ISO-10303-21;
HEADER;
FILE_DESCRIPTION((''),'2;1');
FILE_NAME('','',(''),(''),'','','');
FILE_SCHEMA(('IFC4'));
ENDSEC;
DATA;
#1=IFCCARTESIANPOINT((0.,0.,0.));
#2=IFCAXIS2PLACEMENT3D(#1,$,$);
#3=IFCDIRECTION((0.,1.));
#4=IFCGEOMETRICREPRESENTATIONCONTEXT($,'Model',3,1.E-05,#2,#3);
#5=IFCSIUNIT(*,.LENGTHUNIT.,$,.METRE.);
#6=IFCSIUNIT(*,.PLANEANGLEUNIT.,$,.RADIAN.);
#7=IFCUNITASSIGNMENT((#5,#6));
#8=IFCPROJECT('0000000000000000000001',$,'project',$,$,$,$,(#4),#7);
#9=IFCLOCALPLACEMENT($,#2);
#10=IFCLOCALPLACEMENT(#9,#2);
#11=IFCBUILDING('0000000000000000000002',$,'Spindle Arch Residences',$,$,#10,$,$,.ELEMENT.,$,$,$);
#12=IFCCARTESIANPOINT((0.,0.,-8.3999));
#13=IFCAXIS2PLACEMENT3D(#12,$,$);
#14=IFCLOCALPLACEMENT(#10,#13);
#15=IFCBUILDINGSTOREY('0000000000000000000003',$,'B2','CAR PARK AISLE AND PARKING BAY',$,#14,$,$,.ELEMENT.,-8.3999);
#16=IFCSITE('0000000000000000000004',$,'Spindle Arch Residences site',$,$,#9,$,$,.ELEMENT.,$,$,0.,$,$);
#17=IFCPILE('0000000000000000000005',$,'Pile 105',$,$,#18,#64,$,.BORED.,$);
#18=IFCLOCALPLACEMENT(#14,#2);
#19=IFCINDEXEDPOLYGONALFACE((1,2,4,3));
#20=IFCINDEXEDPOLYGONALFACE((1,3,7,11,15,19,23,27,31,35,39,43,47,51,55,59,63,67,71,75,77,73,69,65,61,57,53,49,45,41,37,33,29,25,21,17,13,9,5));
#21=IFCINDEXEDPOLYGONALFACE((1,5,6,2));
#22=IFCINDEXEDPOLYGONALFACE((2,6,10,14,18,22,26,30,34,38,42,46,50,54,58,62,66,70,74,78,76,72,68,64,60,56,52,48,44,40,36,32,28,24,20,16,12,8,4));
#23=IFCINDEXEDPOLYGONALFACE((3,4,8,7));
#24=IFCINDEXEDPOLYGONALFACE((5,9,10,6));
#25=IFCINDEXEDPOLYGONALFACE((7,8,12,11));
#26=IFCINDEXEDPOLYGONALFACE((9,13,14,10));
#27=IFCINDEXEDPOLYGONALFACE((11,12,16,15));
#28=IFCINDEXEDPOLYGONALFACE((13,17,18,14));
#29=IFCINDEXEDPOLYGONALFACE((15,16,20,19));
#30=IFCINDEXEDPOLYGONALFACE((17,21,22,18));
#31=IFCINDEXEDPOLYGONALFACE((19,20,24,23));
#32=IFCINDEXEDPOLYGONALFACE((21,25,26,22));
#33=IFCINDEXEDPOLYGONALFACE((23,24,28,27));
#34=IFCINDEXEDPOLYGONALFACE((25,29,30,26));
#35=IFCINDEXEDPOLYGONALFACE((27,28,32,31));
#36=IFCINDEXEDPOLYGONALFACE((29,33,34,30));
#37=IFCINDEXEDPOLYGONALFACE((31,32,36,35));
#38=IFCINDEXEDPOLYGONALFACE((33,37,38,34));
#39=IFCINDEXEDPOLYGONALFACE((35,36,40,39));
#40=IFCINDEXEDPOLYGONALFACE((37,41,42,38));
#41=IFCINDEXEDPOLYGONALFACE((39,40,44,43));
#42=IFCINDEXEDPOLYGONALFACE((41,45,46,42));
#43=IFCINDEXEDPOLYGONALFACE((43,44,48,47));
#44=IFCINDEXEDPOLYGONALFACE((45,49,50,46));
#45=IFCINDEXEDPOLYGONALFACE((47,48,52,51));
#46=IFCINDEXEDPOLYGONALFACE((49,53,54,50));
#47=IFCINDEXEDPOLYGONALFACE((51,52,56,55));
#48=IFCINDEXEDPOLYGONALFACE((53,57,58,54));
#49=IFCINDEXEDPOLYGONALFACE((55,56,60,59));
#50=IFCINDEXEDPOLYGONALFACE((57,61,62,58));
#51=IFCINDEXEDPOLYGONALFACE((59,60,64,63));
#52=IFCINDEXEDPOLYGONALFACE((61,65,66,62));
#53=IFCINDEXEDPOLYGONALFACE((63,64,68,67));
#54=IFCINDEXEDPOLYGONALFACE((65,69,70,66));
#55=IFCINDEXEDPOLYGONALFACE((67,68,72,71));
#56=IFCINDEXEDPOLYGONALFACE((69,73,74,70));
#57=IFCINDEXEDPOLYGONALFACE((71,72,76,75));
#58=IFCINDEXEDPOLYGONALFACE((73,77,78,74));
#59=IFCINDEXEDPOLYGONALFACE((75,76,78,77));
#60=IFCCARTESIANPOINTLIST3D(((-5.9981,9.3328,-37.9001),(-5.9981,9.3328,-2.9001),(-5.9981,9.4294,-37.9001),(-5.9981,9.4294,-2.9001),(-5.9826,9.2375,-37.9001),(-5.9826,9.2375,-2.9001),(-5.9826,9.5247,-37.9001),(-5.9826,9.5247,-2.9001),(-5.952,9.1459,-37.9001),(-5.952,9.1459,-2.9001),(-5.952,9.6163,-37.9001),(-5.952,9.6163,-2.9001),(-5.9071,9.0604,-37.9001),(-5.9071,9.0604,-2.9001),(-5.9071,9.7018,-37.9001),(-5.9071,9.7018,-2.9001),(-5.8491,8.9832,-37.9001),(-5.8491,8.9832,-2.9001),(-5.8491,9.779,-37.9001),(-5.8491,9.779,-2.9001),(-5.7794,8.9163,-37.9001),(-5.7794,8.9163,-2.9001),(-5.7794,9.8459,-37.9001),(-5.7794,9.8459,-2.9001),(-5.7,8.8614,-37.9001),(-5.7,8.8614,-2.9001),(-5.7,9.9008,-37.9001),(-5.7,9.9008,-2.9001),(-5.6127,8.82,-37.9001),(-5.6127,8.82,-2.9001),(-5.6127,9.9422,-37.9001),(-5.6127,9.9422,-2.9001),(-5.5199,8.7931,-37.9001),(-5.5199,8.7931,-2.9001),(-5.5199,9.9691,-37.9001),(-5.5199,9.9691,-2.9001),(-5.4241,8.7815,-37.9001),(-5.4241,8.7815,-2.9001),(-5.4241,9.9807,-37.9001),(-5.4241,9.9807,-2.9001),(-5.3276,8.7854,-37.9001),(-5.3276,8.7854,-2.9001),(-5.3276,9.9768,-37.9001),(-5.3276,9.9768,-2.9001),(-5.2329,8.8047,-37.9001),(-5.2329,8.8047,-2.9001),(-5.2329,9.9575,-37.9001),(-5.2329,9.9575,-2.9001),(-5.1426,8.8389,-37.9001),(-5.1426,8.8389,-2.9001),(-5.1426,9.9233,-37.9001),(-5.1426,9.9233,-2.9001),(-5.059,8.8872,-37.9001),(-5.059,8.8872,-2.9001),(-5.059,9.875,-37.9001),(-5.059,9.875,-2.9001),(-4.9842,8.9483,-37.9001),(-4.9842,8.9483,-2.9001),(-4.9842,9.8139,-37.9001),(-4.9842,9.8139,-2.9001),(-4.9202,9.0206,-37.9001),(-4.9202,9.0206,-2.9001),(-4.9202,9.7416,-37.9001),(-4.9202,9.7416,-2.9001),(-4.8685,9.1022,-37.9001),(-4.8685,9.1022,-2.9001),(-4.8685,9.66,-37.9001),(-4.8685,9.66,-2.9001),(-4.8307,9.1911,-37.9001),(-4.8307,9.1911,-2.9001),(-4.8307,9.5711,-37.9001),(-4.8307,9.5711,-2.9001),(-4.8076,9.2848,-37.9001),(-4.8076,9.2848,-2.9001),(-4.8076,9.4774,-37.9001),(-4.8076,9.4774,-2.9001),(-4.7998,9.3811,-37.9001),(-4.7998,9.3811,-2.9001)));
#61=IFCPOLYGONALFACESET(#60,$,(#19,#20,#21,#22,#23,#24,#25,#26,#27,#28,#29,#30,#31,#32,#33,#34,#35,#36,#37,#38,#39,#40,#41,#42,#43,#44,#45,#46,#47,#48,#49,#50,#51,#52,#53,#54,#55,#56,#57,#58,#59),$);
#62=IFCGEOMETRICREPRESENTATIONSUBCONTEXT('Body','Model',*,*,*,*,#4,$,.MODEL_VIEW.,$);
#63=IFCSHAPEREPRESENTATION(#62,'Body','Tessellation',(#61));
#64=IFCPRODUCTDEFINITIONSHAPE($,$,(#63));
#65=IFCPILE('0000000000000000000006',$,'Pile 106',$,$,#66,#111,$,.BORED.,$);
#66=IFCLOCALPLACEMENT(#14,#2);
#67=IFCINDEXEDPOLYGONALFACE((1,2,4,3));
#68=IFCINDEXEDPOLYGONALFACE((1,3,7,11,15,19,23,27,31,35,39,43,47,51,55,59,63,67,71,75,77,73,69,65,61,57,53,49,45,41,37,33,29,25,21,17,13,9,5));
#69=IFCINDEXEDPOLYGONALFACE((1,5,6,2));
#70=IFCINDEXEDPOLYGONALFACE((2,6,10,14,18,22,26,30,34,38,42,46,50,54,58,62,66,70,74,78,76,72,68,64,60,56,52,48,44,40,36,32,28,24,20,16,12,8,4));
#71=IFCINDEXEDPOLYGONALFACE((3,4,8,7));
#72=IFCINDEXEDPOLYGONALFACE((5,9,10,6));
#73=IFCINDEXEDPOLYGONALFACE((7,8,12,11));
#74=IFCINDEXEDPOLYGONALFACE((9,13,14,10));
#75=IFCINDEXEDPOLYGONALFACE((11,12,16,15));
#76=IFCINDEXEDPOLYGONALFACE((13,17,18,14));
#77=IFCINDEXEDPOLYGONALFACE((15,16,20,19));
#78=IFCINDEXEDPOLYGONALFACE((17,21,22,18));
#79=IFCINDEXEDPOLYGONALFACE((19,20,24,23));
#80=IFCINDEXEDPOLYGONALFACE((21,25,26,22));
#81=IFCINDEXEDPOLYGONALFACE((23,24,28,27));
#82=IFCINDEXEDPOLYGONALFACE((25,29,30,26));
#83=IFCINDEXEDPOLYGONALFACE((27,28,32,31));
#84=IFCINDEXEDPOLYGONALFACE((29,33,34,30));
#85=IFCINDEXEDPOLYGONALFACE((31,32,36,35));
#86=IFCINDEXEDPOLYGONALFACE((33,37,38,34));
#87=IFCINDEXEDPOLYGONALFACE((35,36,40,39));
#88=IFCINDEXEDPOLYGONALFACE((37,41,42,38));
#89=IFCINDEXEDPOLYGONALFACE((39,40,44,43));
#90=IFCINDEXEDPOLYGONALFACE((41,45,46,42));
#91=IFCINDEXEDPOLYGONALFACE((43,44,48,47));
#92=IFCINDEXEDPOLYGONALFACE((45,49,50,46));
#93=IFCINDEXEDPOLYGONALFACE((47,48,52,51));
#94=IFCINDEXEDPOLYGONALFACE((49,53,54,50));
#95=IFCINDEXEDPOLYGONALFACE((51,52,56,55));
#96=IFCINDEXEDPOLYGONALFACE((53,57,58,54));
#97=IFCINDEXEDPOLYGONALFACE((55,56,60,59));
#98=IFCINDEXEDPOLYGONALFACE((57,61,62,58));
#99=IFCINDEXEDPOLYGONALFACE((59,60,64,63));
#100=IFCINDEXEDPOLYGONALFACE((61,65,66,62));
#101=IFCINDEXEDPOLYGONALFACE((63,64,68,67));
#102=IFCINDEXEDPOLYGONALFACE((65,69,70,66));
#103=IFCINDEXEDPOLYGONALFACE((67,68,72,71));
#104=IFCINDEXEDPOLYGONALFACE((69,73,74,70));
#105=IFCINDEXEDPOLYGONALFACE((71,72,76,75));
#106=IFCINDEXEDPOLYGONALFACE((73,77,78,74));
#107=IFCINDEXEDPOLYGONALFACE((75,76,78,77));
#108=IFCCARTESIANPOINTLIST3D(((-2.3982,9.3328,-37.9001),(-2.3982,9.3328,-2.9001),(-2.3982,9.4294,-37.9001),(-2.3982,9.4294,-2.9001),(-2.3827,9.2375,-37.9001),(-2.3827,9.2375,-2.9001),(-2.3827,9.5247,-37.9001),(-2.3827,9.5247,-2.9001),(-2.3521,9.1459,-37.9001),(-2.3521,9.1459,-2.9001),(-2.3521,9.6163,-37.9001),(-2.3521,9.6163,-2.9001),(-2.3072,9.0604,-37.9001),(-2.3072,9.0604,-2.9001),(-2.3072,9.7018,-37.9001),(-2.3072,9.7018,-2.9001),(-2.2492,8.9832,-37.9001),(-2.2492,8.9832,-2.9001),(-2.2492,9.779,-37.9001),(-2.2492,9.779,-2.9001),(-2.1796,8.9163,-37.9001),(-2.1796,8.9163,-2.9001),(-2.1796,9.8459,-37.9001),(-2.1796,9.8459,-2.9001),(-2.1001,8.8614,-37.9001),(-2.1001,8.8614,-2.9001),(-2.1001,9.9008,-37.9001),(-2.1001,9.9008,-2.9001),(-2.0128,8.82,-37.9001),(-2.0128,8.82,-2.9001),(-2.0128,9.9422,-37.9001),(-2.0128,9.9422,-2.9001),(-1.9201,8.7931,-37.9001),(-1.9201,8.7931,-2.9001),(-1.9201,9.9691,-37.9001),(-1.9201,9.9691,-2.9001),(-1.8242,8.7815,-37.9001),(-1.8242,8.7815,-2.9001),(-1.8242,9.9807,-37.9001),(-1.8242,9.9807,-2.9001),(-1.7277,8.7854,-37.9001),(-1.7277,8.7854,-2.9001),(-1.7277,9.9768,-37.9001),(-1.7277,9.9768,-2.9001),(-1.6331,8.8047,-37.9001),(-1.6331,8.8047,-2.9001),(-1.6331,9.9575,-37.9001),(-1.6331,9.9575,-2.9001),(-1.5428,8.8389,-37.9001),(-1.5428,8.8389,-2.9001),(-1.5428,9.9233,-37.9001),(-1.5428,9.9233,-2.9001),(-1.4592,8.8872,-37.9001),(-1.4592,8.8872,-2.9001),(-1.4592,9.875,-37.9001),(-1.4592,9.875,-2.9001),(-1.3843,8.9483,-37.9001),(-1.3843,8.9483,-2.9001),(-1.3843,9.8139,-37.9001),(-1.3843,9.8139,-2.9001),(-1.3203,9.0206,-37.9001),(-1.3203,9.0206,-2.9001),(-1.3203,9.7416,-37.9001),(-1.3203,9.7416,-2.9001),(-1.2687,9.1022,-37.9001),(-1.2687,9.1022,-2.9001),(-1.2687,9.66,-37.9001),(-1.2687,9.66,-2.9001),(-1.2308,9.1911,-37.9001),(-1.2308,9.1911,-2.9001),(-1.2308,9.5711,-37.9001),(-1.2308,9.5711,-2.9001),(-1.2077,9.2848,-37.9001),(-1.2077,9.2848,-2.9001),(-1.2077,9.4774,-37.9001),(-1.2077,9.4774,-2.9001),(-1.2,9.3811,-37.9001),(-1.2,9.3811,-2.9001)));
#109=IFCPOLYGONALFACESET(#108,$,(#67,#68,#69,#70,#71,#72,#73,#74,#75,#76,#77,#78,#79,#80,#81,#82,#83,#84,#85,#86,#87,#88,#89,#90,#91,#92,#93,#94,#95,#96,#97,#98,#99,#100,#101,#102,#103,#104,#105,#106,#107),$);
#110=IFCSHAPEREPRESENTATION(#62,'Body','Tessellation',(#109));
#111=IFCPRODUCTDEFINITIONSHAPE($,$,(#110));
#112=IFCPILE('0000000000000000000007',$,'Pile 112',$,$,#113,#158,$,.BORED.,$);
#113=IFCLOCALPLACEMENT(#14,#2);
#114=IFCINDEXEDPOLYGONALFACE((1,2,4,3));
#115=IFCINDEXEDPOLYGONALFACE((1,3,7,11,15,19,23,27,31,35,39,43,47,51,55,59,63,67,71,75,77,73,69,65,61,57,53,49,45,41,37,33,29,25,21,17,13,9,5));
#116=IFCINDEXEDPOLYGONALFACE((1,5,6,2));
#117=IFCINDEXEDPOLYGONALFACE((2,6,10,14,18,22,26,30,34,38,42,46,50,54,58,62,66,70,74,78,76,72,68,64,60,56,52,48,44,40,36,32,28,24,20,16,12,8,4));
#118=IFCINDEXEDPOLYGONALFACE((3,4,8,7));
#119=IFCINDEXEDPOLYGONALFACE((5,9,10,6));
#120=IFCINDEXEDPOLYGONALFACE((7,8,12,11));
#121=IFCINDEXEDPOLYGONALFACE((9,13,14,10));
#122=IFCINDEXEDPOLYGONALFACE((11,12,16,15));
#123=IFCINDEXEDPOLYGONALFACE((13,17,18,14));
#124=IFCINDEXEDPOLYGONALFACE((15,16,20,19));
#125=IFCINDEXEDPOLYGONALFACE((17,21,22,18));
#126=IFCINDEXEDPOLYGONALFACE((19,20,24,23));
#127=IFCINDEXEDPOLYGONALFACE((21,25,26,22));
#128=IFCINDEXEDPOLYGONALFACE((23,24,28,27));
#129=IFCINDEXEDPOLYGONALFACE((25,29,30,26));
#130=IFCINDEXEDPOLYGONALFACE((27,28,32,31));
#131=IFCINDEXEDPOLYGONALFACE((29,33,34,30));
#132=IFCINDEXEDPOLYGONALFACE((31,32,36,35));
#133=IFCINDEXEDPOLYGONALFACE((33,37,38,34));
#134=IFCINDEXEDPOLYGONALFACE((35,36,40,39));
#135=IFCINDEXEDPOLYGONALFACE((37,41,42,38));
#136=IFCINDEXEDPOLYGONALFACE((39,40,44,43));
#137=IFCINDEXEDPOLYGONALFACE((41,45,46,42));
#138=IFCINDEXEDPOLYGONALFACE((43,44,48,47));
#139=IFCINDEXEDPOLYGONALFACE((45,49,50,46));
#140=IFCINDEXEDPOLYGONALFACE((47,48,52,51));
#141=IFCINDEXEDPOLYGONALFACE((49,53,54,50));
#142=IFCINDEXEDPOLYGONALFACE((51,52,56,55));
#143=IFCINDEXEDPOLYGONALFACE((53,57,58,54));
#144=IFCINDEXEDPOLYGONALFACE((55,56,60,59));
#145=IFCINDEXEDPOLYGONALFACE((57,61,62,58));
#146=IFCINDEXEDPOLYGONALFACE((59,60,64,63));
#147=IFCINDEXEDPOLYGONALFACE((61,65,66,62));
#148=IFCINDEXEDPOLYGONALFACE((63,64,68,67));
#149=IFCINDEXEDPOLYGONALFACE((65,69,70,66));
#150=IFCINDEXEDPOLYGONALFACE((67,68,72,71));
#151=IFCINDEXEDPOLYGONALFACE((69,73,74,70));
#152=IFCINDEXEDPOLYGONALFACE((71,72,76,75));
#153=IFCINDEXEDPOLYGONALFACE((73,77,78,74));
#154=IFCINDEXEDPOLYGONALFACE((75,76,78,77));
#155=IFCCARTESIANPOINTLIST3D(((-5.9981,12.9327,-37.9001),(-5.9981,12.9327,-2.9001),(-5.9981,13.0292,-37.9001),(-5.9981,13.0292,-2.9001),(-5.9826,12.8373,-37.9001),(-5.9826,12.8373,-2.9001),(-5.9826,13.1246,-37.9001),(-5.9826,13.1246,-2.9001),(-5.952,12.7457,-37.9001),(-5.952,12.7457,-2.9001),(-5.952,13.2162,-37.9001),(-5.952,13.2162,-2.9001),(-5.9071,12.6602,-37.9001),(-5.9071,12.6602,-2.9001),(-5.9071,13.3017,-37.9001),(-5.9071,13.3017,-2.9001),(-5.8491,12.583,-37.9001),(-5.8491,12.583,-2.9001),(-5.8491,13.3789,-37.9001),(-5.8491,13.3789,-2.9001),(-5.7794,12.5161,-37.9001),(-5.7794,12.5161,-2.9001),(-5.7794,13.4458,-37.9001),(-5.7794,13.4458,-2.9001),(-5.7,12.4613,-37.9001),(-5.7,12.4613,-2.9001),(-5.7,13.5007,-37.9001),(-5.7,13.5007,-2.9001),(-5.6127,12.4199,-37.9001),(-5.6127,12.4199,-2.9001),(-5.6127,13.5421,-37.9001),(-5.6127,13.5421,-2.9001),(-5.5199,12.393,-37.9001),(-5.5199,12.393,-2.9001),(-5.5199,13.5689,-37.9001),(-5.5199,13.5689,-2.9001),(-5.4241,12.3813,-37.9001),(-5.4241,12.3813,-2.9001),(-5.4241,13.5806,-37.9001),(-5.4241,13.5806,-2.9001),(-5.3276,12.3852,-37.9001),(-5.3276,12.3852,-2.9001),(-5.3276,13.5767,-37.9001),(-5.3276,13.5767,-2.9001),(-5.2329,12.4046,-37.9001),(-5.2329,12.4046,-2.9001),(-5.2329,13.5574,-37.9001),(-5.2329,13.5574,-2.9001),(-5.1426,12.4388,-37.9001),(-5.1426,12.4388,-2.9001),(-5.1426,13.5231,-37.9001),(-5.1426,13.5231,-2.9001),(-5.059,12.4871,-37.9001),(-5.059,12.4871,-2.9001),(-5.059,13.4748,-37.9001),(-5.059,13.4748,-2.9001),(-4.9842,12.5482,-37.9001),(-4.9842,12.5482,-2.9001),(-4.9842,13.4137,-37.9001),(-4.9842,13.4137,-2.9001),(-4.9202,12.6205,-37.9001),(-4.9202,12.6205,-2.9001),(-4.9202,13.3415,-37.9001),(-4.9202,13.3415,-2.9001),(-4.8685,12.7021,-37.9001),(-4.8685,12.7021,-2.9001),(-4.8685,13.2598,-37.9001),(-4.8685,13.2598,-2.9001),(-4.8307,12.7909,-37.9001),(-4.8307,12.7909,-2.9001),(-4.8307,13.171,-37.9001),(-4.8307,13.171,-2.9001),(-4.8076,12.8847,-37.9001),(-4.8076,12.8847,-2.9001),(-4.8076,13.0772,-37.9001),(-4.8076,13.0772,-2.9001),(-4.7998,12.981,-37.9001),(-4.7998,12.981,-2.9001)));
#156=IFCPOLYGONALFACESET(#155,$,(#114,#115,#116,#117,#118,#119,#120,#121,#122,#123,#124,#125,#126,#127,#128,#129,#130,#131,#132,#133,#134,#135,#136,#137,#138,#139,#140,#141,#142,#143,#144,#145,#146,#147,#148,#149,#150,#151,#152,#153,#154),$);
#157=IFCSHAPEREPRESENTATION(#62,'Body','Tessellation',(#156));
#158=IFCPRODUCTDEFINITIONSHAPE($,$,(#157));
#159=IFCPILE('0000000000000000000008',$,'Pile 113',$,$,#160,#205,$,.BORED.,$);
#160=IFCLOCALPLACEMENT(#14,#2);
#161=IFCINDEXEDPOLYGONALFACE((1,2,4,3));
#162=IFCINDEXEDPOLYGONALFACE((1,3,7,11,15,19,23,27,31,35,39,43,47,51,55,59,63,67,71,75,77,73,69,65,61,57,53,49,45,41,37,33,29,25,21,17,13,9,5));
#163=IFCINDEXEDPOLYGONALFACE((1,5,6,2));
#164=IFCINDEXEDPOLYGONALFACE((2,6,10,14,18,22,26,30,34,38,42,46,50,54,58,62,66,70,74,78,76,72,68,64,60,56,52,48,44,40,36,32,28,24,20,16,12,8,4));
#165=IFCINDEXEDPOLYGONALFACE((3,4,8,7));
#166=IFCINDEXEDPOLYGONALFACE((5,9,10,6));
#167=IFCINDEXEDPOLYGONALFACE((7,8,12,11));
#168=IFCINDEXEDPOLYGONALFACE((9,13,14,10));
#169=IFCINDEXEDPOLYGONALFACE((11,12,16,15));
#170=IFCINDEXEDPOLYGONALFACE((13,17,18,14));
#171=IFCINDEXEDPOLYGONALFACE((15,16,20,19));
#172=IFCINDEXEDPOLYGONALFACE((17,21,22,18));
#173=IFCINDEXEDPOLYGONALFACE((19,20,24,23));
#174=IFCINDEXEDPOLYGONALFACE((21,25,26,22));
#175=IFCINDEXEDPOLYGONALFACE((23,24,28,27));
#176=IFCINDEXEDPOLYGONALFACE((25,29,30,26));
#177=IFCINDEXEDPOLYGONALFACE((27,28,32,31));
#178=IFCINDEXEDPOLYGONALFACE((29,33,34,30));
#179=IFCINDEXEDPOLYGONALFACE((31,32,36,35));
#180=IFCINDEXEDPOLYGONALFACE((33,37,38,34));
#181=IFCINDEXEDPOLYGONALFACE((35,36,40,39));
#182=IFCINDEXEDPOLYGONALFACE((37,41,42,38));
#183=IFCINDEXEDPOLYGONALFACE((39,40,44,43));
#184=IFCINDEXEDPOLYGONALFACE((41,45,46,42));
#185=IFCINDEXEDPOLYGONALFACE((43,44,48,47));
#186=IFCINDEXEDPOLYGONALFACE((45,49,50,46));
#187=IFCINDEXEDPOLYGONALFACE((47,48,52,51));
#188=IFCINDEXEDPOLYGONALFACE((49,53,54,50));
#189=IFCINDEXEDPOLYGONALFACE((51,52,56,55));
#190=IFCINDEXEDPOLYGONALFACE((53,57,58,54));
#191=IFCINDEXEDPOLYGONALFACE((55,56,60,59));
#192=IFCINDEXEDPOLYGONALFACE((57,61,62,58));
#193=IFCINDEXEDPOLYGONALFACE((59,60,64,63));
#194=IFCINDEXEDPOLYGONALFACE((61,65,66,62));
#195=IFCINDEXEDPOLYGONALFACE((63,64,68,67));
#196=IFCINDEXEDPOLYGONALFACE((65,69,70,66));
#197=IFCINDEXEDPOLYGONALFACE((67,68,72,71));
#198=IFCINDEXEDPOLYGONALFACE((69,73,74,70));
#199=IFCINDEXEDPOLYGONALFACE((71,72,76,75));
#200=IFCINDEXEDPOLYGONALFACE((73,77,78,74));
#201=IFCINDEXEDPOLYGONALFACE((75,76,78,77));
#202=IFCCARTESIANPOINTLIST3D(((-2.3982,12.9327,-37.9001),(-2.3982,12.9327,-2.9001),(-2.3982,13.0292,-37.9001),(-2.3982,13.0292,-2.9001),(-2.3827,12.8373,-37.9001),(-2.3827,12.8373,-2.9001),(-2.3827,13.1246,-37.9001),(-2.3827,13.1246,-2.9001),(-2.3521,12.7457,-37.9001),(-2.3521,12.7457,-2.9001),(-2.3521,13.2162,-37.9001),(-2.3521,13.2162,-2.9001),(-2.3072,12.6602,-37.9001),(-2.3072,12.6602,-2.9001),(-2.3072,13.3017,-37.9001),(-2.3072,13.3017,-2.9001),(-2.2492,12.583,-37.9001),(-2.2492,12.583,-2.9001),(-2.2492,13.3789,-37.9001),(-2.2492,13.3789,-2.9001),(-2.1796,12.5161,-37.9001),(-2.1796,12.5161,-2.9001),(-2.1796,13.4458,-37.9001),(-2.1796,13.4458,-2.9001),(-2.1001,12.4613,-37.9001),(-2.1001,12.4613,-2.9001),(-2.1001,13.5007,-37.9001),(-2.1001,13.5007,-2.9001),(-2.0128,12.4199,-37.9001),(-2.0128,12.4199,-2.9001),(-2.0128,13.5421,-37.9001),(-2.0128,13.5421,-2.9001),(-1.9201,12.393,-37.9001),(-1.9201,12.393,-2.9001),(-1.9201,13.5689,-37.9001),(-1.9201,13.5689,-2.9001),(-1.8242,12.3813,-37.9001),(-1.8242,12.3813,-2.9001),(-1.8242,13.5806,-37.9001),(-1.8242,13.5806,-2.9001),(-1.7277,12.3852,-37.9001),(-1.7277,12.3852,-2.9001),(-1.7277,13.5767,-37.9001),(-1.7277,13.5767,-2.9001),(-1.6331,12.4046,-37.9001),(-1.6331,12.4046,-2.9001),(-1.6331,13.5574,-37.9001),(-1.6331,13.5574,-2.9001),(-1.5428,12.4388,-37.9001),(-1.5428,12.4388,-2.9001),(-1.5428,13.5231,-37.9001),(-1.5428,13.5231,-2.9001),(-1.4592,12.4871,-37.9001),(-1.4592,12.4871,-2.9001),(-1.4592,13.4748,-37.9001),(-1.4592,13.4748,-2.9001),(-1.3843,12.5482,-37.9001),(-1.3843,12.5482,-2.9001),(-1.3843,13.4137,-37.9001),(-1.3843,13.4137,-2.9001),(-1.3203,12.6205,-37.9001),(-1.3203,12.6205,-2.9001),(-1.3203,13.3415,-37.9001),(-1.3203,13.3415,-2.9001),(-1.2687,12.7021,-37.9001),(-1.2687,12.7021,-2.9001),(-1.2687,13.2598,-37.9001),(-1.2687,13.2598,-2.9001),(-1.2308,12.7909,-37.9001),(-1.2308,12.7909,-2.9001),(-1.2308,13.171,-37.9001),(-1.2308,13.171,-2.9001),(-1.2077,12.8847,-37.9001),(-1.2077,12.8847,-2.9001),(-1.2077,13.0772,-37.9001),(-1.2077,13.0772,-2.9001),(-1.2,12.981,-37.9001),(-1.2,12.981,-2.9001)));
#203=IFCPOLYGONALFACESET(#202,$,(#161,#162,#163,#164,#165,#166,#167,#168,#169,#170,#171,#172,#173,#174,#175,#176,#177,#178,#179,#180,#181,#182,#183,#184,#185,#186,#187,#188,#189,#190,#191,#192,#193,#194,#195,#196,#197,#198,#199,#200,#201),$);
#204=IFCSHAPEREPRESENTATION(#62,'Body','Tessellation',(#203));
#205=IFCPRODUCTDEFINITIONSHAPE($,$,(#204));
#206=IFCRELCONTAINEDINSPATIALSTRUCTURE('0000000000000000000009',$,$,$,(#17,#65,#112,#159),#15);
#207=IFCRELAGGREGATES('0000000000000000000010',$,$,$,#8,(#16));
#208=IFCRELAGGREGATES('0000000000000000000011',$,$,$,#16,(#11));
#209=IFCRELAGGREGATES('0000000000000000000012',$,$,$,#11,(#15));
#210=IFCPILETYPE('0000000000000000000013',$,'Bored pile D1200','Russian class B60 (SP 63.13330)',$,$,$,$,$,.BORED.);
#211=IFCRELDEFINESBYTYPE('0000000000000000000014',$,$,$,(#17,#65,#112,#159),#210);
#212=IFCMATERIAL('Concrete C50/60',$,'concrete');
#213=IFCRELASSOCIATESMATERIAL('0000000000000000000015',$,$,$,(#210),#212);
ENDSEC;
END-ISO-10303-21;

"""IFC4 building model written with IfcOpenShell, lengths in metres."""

from ifc_helpers import new_model, si_unit, direction, frame, origin, origin_2d, place, context, subcontext, project, spatial, circle, extrude, material, material_profile, profile_set, type_object, element, save


model = new_model("IFC4")

# Units and contexts
model_context = context("Model", 3, precision=1e-05, world=origin(), true_north=direction((0.0, 1.0)))
body_context = subcontext(model_context, "Body", "Model", "MODEL_VIEW")
ifc_project = project(units=[si_unit("LENGTHUNIT", "METRE"), si_unit("PLANEANGLEUNIT", "RADIAN")], contexts=[model_context])

# Site, building, storey
site_placement = place(None, origin())
site = spatial("IfcSite", under=ifc_project, at=site_placement, Name="Spindle Arch Residences site", CompositionType="ELEMENT", RefElevation=0.0)
building_placement = place(site_placement, origin())
building = spatial("IfcBuilding", under=site, at=building_placement, Name="Spindle Arch Residences", CompositionType="ELEMENT")
storey_placement = place(building_placement, frame((0.0, 0.0, -8.3999)))
storey = spatial("IfcBuildingStorey", under=building, at=storey_placement, Name="B2", Description="CAR PARK AISLE AND PARKING BAY", CompositionType="ELEMENT", Elevation=-8.3999)

# Piles
ifc_material_1 = material(Name="Concrete C50/60", Category="concrete")
ifc_material_profile_1 = material_profile(ifc_material_1, circle(Radius=0.6001, at=origin_2d()), Name="BP D1200")
ifc_profile_set_1 = profile_set([ifc_material_profile_1], Name="Concrete C50/60")
pile_type = type_object("IfcPileType", Name="Bored pile D1200", Description="Russian class B60 (SP 63.13330)", PredefinedType="BORED", material=ifc_profile_set_1)
for number, where, z_axis, x_axis, name in (
    (1, (-5.3999, 9.3811, -2.9001), (0.0, 0.0, -1.0), (1.0, 0.0, 0.0), "Pile 105"),
    (2, (-1.8, 9.3811, -2.9001), (0.0, 0.0, -1.0), (1.0, 0.0, 0.0), "Pile 106"),
    (3, (-5.3999, 12.981, -2.9001), (0.0, 0.0, -1.0), (1.0, 0.0, 0.0), "Pile 112"),
    (4, (-1.8, 12.981, -2.9001), (0.0, 0.0, -1.0), (1.0, 0.0, 0.0), "Pile 113"),
):
    element("IfcPile", number, at=place(storey_placement, frame(where, z_axis=z_axis, x_axis=x_axis)), inside=storey, type_object=pile_type, Name=name, PredefinedType="BORED", context=body_context, shape_type="SweptSolid", body=[
        extrude(circle(Radius=0.6001, at=origin_2d()), origin(), (0.0, 0.0, 1.0), 35.0),
    ])

save(model, "model.ifc")
